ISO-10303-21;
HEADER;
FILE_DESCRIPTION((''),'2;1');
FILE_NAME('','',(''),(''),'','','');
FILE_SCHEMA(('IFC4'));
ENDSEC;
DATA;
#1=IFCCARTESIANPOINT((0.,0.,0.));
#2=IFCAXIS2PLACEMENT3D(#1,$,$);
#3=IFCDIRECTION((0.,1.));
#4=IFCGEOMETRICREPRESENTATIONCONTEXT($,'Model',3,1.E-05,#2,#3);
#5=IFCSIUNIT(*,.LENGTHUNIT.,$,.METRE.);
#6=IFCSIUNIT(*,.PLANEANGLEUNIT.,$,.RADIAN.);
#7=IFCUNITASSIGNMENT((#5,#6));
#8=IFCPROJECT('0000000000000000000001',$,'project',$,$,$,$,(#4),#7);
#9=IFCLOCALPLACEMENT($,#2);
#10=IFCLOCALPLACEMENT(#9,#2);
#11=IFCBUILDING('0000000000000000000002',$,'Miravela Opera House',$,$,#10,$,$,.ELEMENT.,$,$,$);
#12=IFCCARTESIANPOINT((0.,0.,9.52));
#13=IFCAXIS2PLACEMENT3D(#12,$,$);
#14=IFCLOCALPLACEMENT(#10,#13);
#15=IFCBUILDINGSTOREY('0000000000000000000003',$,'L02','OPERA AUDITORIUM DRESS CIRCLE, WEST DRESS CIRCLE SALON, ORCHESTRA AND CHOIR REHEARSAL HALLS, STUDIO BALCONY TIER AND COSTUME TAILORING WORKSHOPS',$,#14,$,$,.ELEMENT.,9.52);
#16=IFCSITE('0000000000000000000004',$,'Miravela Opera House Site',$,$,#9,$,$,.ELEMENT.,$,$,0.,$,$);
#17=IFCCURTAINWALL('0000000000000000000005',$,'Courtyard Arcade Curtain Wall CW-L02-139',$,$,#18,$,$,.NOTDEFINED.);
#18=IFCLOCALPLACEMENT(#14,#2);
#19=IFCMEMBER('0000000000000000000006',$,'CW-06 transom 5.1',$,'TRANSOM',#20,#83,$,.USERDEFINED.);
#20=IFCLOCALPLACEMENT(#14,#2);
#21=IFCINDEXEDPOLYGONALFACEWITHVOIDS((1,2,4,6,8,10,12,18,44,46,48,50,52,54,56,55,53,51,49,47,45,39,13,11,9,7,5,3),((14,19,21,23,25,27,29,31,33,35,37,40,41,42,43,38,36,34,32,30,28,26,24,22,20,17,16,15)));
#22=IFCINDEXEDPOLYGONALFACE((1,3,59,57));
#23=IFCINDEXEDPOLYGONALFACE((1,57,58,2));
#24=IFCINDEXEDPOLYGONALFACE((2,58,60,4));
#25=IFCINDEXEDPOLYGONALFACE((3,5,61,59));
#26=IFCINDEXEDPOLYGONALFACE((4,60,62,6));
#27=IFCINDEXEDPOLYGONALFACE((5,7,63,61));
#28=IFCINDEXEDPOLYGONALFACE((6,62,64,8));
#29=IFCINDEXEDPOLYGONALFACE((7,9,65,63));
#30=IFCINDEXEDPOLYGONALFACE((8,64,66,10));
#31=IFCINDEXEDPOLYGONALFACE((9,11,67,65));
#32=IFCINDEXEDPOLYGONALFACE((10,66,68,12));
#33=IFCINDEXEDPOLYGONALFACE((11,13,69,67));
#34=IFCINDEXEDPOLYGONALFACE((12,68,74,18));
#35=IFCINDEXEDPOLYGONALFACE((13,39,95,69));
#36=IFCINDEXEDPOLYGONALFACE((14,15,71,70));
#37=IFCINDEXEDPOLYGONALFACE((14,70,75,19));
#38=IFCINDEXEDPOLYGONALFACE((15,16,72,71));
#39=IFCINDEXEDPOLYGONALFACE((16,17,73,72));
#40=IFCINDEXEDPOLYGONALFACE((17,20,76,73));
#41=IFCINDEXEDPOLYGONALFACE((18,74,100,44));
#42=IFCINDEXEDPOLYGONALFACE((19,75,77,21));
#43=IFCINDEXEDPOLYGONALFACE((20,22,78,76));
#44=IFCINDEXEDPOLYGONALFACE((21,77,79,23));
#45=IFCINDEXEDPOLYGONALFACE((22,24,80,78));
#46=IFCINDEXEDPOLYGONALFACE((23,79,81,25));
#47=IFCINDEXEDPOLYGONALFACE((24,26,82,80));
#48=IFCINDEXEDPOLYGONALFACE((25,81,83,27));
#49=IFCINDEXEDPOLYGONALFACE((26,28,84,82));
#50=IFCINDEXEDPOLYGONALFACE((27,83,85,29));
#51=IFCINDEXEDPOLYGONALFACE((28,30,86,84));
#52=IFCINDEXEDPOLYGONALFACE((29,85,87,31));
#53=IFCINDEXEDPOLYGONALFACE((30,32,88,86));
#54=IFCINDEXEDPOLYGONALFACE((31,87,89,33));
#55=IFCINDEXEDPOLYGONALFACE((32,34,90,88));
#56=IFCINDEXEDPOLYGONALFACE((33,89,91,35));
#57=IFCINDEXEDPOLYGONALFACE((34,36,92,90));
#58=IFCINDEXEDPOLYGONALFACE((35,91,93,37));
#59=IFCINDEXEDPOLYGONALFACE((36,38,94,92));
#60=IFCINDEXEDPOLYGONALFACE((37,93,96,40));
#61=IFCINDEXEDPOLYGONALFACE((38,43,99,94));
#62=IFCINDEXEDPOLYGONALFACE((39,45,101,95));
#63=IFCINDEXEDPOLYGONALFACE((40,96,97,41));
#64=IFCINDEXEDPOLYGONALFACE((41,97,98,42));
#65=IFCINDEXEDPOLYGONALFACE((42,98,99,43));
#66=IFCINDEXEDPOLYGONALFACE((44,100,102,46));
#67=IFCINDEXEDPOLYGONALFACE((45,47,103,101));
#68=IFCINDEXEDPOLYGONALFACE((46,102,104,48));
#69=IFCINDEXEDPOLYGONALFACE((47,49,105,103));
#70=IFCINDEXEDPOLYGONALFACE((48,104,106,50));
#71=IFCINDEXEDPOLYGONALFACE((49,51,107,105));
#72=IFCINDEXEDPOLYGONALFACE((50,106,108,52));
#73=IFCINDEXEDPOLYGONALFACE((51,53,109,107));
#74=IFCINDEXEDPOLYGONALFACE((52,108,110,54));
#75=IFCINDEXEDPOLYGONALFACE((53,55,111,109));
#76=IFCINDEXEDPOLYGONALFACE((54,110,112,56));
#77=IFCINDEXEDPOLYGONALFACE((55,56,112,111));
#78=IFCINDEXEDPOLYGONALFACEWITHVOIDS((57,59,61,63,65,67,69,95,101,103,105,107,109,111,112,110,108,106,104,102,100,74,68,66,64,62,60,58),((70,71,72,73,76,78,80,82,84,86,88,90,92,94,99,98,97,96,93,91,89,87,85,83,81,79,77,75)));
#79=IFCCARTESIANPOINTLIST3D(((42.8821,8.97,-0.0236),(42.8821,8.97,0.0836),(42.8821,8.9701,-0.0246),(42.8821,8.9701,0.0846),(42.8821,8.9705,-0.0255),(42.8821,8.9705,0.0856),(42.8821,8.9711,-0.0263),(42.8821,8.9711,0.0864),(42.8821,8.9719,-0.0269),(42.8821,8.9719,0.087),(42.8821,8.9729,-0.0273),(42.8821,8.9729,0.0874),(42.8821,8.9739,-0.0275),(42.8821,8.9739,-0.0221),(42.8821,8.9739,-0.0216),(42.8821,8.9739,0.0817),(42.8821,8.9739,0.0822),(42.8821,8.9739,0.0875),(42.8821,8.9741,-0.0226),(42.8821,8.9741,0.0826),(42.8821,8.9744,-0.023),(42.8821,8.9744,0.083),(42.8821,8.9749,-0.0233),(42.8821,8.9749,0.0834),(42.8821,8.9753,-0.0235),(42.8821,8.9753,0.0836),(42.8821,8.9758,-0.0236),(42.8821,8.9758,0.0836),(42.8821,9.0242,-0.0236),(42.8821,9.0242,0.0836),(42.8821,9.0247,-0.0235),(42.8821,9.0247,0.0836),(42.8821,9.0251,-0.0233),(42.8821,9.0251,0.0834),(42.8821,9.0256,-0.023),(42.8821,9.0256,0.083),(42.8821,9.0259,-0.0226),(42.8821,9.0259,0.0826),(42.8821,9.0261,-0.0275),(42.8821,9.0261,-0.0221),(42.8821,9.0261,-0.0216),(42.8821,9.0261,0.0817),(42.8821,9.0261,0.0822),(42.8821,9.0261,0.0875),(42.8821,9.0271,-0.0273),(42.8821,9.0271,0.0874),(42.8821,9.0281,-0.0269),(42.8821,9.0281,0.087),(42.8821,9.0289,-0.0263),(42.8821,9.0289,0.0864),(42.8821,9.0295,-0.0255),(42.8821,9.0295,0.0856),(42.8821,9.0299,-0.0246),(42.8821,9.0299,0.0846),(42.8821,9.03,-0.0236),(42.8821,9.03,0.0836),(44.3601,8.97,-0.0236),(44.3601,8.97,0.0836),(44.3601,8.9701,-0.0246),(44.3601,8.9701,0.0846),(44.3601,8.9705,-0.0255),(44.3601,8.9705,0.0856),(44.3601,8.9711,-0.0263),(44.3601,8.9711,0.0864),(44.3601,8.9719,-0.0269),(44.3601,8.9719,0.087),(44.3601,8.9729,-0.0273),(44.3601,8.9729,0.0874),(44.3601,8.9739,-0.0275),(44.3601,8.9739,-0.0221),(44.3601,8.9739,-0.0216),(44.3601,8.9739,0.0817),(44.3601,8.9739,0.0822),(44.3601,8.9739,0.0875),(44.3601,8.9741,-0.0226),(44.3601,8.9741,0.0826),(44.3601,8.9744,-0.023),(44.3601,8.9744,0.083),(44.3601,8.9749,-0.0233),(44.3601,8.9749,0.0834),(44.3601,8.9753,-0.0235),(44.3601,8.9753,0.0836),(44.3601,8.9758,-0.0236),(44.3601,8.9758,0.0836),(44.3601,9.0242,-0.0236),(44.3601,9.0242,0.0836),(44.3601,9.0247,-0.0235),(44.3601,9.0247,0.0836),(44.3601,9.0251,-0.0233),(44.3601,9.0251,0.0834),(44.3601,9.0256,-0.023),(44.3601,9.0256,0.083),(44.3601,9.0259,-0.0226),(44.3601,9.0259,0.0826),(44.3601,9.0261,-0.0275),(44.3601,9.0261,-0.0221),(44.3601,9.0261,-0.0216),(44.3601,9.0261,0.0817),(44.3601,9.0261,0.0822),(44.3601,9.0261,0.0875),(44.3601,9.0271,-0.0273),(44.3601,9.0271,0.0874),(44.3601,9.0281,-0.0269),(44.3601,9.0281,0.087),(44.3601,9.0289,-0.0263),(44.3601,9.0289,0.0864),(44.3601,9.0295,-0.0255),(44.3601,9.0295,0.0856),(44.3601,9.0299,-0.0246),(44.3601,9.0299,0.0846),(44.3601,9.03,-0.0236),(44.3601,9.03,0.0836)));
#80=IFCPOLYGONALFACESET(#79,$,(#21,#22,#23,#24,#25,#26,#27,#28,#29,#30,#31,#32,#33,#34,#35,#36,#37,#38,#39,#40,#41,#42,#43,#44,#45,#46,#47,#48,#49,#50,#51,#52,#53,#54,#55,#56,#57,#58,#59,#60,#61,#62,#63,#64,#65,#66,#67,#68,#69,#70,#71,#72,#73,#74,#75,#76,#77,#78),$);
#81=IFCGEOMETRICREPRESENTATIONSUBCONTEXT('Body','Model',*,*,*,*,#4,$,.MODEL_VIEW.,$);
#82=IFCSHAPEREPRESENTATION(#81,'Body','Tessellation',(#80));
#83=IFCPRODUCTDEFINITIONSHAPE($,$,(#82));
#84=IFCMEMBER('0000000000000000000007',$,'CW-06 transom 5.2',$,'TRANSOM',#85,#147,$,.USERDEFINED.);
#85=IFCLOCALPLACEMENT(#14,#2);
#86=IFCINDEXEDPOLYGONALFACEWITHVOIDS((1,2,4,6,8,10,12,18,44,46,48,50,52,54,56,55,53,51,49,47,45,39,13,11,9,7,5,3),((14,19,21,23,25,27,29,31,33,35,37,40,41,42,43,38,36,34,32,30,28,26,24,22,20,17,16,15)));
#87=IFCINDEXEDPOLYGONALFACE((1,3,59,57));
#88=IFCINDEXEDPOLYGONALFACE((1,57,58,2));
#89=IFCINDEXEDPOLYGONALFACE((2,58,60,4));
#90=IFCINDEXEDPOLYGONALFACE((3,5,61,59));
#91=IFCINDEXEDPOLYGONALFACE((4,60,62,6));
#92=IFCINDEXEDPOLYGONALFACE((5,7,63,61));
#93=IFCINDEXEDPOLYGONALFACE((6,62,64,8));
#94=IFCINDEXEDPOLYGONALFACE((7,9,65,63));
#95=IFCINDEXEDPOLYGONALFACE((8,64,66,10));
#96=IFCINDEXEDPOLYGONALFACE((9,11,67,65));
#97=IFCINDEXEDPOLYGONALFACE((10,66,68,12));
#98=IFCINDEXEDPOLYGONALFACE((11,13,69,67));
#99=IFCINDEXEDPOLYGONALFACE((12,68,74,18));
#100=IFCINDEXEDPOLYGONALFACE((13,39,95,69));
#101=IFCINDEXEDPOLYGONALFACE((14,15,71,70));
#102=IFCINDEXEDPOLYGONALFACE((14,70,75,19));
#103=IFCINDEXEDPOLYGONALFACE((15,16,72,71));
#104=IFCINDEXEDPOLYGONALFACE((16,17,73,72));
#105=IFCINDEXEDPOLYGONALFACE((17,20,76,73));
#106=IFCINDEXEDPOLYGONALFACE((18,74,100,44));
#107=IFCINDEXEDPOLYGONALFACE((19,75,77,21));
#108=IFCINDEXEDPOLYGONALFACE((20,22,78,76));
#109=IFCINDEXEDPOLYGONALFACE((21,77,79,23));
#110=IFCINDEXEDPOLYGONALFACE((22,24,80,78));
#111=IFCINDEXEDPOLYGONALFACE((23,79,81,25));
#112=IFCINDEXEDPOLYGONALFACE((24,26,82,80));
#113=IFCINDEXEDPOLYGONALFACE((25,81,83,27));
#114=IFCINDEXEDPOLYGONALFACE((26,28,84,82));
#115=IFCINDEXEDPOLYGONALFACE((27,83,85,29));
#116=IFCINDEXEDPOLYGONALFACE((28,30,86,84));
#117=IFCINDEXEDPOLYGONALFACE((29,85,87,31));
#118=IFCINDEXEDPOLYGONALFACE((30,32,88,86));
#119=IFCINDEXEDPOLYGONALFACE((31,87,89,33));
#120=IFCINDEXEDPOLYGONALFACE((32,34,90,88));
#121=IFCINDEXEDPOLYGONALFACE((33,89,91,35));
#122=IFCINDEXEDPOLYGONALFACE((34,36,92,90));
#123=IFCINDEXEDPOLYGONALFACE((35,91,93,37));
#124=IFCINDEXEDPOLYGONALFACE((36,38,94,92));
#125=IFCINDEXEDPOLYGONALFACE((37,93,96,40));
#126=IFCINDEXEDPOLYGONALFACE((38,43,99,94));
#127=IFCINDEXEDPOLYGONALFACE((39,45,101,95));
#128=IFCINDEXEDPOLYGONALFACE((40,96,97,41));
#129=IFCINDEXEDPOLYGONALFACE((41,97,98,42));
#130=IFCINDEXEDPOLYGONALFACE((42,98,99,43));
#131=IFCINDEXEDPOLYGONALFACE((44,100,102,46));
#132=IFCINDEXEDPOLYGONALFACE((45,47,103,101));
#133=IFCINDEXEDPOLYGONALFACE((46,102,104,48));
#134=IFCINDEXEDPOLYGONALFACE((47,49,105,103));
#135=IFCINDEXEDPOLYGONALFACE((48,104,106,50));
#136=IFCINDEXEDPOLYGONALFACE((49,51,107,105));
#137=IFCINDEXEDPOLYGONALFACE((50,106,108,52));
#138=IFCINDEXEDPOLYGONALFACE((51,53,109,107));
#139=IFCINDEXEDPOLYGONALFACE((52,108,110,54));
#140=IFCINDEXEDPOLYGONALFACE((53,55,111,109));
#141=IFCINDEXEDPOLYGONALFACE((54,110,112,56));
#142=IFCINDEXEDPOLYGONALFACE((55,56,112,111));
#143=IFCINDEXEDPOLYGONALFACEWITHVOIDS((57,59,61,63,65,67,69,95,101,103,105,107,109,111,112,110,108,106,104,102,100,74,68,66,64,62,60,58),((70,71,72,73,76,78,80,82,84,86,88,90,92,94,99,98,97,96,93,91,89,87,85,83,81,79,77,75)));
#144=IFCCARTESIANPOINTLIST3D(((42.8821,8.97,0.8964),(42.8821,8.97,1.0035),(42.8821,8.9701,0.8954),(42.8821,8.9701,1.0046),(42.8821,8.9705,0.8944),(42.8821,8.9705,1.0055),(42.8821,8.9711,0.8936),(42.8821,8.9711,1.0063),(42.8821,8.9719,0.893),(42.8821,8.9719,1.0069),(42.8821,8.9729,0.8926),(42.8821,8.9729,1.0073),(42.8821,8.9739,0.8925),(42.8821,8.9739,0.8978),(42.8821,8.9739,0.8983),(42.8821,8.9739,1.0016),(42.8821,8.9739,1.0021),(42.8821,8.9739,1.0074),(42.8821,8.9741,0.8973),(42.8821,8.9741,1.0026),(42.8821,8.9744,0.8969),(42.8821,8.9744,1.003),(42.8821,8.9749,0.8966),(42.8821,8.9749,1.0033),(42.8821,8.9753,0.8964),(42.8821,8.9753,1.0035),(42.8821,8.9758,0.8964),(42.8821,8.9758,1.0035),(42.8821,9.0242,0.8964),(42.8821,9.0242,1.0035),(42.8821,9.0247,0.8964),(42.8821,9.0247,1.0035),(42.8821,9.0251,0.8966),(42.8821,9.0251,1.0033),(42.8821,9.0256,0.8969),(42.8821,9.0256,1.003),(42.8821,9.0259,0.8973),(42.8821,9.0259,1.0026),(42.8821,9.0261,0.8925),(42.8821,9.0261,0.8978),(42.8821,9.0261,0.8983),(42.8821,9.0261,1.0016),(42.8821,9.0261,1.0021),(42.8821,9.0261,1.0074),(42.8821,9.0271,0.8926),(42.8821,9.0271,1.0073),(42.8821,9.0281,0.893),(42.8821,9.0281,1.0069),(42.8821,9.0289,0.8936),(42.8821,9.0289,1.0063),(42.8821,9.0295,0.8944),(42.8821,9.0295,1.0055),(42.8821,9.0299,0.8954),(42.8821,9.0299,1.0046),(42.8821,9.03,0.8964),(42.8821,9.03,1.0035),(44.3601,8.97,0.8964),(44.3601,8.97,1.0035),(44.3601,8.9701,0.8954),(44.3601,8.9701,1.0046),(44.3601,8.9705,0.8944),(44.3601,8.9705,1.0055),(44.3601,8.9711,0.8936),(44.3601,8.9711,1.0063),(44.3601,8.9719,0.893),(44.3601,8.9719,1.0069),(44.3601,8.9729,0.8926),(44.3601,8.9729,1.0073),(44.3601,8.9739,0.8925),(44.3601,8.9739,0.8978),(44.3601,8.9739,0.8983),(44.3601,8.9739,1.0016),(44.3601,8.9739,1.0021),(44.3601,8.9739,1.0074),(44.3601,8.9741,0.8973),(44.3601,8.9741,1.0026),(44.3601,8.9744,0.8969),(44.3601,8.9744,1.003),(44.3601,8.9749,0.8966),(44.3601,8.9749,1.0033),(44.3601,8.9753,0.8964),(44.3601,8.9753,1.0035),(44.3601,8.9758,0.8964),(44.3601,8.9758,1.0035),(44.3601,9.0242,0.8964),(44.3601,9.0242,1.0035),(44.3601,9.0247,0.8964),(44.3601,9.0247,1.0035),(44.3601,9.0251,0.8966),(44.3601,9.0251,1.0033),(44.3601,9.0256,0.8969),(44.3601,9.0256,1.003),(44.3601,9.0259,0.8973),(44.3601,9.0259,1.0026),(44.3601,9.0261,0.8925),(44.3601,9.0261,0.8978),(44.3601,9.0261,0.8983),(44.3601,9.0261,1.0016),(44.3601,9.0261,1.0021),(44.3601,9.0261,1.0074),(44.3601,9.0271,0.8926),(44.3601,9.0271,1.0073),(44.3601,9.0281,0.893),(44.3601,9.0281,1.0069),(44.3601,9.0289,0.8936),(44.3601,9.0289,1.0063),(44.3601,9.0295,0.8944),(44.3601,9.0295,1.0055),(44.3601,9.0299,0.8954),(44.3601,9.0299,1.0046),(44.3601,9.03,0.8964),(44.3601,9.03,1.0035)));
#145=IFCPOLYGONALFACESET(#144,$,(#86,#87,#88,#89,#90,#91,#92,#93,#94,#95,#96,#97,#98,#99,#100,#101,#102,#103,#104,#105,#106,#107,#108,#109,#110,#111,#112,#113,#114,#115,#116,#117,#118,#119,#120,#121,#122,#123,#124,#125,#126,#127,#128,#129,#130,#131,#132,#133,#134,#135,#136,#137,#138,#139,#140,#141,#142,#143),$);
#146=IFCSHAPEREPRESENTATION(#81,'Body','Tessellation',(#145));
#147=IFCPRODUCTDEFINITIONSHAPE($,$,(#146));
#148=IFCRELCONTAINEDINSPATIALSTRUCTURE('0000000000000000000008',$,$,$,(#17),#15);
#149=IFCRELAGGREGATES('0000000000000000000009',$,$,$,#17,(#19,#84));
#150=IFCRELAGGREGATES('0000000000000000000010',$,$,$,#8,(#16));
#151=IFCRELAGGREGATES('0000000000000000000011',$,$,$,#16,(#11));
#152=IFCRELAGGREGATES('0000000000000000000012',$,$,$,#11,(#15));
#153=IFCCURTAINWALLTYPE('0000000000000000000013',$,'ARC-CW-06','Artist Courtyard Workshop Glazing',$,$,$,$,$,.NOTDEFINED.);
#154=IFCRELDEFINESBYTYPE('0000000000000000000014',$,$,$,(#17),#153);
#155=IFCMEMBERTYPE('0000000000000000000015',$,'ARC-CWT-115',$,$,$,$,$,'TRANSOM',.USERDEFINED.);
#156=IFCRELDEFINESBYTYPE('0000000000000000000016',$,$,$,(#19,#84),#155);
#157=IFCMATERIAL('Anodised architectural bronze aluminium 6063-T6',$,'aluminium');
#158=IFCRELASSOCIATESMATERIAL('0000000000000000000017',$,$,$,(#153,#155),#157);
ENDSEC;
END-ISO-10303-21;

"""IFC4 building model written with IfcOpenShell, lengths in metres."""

from ifc_helpers import new_model, si_unit, direction, frame, origin, origin_2d, place, context, subcontext, project, spatial, hollow_rectangle, extrude, material, material_profile, profile_set, type_object, element, aggregate, save


model = new_model("IFC4")

# Units and contexts
model_context = context("Model", 3, precision=1e-05, world=origin(), true_north=direction((0.0, 1.0)))
body_context = subcontext(model_context, "Body", "Model", "MODEL_VIEW")
ifc_project = project(units=[si_unit("LENGTHUNIT", "METRE"), si_unit("PLANEANGLEUNIT", "RADIAN")], contexts=[model_context])

# Site, building, storey
site_placement = place(None, origin())
site = spatial("IfcSite", under=ifc_project, at=site_placement, Name="Miravela Opera House Site", CompositionType="ELEMENT", RefElevation=0.0)
building_placement = place(site_placement, origin())
building = spatial("IfcBuilding", under=site, at=building_placement, Name="Miravela Opera House", CompositionType="ELEMENT")
storey_placement = place(building_placement, frame((0.0, 0.0, 9.52)))
storey = spatial("IfcBuildingStorey", under=building, at=storey_placement, Name="L02", Description="OPERA AUDITORIUM DRESS CIRCLE, WEST DRESS CIRCLE SALON, ORCHESTRA AND CHOIR REHEARSAL HALLS, STUDIO BALCONY TIER AND COSTUME TAILORING WORKSHOPS", CompositionType="ELEMENT", Elevation=9.52)

# Curtain wall
ifc_material_1 = material(Name="Anodised architectural bronze aluminium 6063-T6", Category="aluminium")
curtain_wall_type = type_object("IfcCurtainWallType", Name="ARC-CW-06", Description="Artist Courtyard Workshop Glazing", PredefinedType="NOTDEFINED", material=ifc_material_1)
curtain_wall_1_placement = place(storey_placement, origin())
curtain_wall_1 = element("IfcCurtainWall", 1, at=curtain_wall_1_placement, inside=storey, type_object=curtain_wall_type, Name="Courtyard Arcade Curtain Wall CW-L02-139", PredefinedType="NOTDEFINED")

# Members
ifc_material_profile_1 = material_profile(ifc_material_1, hollow_rectangle(XDim=0.0601, YDim=0.115, WallThickness=0.0039, InnerFilletRadius=0.002, OuterFilletRadius=0.0039, at=origin_2d()), Name="CWT-60X115")
ifc_profile_set_1 = profile_set([ifc_material_profile_1])
member_type_1 = type_object("IfcMemberType", Name="ARC-CWT-115", ElementType="TRANSOM", PredefinedType="USERDEFINED", material=ifc_profile_set_1)
member_1_placement = place(storey_placement, frame((42.8821, 9.0, 0.03), z_axis=(1.0, 0.0, 0.0), x_axis=(0.0, 1.0, 0.0)))
member_1 = element("IfcMember", 2, at=member_1_placement, type_object=member_type_1, Name="CW-06 transom 5.1", ObjectType="TRANSOM", PredefinedType="USERDEFINED", context=body_context, shape_type="SweptSolid", body=[
    extrude(hollow_rectangle(XDim=0.0601, YDim=0.115, WallThickness=0.0039, InnerFilletRadius=0.002, OuterFilletRadius=0.0039, at=origin_2d()), origin(), (0.0, 0.0, 1.0), 1.478),
])
member_2_placement = place(storey_placement, frame((42.8821, 9.0, 0.95), z_axis=(1.0, 0.0, 0.0), x_axis=(0.0, 1.0, 0.0)))
member_2 = element("IfcMember", 3, at=member_2_placement, type_object=member_type_1, Name="CW-06 transom 5.2", ObjectType="TRANSOM", PredefinedType="USERDEFINED", context=body_context, shape_type="SweptSolid", body=[
    extrude(hollow_rectangle(XDim=0.0601, YDim=0.115, WallThickness=0.0039, InnerFilletRadius=0.002, OuterFilletRadius=0.0039, at=origin_2d()), origin(), (0.0, 0.0, 1.0), 1.478),
])

aggregate(curtain_wall_1, [member_1, member_2])

save(model, "model.ifc")
